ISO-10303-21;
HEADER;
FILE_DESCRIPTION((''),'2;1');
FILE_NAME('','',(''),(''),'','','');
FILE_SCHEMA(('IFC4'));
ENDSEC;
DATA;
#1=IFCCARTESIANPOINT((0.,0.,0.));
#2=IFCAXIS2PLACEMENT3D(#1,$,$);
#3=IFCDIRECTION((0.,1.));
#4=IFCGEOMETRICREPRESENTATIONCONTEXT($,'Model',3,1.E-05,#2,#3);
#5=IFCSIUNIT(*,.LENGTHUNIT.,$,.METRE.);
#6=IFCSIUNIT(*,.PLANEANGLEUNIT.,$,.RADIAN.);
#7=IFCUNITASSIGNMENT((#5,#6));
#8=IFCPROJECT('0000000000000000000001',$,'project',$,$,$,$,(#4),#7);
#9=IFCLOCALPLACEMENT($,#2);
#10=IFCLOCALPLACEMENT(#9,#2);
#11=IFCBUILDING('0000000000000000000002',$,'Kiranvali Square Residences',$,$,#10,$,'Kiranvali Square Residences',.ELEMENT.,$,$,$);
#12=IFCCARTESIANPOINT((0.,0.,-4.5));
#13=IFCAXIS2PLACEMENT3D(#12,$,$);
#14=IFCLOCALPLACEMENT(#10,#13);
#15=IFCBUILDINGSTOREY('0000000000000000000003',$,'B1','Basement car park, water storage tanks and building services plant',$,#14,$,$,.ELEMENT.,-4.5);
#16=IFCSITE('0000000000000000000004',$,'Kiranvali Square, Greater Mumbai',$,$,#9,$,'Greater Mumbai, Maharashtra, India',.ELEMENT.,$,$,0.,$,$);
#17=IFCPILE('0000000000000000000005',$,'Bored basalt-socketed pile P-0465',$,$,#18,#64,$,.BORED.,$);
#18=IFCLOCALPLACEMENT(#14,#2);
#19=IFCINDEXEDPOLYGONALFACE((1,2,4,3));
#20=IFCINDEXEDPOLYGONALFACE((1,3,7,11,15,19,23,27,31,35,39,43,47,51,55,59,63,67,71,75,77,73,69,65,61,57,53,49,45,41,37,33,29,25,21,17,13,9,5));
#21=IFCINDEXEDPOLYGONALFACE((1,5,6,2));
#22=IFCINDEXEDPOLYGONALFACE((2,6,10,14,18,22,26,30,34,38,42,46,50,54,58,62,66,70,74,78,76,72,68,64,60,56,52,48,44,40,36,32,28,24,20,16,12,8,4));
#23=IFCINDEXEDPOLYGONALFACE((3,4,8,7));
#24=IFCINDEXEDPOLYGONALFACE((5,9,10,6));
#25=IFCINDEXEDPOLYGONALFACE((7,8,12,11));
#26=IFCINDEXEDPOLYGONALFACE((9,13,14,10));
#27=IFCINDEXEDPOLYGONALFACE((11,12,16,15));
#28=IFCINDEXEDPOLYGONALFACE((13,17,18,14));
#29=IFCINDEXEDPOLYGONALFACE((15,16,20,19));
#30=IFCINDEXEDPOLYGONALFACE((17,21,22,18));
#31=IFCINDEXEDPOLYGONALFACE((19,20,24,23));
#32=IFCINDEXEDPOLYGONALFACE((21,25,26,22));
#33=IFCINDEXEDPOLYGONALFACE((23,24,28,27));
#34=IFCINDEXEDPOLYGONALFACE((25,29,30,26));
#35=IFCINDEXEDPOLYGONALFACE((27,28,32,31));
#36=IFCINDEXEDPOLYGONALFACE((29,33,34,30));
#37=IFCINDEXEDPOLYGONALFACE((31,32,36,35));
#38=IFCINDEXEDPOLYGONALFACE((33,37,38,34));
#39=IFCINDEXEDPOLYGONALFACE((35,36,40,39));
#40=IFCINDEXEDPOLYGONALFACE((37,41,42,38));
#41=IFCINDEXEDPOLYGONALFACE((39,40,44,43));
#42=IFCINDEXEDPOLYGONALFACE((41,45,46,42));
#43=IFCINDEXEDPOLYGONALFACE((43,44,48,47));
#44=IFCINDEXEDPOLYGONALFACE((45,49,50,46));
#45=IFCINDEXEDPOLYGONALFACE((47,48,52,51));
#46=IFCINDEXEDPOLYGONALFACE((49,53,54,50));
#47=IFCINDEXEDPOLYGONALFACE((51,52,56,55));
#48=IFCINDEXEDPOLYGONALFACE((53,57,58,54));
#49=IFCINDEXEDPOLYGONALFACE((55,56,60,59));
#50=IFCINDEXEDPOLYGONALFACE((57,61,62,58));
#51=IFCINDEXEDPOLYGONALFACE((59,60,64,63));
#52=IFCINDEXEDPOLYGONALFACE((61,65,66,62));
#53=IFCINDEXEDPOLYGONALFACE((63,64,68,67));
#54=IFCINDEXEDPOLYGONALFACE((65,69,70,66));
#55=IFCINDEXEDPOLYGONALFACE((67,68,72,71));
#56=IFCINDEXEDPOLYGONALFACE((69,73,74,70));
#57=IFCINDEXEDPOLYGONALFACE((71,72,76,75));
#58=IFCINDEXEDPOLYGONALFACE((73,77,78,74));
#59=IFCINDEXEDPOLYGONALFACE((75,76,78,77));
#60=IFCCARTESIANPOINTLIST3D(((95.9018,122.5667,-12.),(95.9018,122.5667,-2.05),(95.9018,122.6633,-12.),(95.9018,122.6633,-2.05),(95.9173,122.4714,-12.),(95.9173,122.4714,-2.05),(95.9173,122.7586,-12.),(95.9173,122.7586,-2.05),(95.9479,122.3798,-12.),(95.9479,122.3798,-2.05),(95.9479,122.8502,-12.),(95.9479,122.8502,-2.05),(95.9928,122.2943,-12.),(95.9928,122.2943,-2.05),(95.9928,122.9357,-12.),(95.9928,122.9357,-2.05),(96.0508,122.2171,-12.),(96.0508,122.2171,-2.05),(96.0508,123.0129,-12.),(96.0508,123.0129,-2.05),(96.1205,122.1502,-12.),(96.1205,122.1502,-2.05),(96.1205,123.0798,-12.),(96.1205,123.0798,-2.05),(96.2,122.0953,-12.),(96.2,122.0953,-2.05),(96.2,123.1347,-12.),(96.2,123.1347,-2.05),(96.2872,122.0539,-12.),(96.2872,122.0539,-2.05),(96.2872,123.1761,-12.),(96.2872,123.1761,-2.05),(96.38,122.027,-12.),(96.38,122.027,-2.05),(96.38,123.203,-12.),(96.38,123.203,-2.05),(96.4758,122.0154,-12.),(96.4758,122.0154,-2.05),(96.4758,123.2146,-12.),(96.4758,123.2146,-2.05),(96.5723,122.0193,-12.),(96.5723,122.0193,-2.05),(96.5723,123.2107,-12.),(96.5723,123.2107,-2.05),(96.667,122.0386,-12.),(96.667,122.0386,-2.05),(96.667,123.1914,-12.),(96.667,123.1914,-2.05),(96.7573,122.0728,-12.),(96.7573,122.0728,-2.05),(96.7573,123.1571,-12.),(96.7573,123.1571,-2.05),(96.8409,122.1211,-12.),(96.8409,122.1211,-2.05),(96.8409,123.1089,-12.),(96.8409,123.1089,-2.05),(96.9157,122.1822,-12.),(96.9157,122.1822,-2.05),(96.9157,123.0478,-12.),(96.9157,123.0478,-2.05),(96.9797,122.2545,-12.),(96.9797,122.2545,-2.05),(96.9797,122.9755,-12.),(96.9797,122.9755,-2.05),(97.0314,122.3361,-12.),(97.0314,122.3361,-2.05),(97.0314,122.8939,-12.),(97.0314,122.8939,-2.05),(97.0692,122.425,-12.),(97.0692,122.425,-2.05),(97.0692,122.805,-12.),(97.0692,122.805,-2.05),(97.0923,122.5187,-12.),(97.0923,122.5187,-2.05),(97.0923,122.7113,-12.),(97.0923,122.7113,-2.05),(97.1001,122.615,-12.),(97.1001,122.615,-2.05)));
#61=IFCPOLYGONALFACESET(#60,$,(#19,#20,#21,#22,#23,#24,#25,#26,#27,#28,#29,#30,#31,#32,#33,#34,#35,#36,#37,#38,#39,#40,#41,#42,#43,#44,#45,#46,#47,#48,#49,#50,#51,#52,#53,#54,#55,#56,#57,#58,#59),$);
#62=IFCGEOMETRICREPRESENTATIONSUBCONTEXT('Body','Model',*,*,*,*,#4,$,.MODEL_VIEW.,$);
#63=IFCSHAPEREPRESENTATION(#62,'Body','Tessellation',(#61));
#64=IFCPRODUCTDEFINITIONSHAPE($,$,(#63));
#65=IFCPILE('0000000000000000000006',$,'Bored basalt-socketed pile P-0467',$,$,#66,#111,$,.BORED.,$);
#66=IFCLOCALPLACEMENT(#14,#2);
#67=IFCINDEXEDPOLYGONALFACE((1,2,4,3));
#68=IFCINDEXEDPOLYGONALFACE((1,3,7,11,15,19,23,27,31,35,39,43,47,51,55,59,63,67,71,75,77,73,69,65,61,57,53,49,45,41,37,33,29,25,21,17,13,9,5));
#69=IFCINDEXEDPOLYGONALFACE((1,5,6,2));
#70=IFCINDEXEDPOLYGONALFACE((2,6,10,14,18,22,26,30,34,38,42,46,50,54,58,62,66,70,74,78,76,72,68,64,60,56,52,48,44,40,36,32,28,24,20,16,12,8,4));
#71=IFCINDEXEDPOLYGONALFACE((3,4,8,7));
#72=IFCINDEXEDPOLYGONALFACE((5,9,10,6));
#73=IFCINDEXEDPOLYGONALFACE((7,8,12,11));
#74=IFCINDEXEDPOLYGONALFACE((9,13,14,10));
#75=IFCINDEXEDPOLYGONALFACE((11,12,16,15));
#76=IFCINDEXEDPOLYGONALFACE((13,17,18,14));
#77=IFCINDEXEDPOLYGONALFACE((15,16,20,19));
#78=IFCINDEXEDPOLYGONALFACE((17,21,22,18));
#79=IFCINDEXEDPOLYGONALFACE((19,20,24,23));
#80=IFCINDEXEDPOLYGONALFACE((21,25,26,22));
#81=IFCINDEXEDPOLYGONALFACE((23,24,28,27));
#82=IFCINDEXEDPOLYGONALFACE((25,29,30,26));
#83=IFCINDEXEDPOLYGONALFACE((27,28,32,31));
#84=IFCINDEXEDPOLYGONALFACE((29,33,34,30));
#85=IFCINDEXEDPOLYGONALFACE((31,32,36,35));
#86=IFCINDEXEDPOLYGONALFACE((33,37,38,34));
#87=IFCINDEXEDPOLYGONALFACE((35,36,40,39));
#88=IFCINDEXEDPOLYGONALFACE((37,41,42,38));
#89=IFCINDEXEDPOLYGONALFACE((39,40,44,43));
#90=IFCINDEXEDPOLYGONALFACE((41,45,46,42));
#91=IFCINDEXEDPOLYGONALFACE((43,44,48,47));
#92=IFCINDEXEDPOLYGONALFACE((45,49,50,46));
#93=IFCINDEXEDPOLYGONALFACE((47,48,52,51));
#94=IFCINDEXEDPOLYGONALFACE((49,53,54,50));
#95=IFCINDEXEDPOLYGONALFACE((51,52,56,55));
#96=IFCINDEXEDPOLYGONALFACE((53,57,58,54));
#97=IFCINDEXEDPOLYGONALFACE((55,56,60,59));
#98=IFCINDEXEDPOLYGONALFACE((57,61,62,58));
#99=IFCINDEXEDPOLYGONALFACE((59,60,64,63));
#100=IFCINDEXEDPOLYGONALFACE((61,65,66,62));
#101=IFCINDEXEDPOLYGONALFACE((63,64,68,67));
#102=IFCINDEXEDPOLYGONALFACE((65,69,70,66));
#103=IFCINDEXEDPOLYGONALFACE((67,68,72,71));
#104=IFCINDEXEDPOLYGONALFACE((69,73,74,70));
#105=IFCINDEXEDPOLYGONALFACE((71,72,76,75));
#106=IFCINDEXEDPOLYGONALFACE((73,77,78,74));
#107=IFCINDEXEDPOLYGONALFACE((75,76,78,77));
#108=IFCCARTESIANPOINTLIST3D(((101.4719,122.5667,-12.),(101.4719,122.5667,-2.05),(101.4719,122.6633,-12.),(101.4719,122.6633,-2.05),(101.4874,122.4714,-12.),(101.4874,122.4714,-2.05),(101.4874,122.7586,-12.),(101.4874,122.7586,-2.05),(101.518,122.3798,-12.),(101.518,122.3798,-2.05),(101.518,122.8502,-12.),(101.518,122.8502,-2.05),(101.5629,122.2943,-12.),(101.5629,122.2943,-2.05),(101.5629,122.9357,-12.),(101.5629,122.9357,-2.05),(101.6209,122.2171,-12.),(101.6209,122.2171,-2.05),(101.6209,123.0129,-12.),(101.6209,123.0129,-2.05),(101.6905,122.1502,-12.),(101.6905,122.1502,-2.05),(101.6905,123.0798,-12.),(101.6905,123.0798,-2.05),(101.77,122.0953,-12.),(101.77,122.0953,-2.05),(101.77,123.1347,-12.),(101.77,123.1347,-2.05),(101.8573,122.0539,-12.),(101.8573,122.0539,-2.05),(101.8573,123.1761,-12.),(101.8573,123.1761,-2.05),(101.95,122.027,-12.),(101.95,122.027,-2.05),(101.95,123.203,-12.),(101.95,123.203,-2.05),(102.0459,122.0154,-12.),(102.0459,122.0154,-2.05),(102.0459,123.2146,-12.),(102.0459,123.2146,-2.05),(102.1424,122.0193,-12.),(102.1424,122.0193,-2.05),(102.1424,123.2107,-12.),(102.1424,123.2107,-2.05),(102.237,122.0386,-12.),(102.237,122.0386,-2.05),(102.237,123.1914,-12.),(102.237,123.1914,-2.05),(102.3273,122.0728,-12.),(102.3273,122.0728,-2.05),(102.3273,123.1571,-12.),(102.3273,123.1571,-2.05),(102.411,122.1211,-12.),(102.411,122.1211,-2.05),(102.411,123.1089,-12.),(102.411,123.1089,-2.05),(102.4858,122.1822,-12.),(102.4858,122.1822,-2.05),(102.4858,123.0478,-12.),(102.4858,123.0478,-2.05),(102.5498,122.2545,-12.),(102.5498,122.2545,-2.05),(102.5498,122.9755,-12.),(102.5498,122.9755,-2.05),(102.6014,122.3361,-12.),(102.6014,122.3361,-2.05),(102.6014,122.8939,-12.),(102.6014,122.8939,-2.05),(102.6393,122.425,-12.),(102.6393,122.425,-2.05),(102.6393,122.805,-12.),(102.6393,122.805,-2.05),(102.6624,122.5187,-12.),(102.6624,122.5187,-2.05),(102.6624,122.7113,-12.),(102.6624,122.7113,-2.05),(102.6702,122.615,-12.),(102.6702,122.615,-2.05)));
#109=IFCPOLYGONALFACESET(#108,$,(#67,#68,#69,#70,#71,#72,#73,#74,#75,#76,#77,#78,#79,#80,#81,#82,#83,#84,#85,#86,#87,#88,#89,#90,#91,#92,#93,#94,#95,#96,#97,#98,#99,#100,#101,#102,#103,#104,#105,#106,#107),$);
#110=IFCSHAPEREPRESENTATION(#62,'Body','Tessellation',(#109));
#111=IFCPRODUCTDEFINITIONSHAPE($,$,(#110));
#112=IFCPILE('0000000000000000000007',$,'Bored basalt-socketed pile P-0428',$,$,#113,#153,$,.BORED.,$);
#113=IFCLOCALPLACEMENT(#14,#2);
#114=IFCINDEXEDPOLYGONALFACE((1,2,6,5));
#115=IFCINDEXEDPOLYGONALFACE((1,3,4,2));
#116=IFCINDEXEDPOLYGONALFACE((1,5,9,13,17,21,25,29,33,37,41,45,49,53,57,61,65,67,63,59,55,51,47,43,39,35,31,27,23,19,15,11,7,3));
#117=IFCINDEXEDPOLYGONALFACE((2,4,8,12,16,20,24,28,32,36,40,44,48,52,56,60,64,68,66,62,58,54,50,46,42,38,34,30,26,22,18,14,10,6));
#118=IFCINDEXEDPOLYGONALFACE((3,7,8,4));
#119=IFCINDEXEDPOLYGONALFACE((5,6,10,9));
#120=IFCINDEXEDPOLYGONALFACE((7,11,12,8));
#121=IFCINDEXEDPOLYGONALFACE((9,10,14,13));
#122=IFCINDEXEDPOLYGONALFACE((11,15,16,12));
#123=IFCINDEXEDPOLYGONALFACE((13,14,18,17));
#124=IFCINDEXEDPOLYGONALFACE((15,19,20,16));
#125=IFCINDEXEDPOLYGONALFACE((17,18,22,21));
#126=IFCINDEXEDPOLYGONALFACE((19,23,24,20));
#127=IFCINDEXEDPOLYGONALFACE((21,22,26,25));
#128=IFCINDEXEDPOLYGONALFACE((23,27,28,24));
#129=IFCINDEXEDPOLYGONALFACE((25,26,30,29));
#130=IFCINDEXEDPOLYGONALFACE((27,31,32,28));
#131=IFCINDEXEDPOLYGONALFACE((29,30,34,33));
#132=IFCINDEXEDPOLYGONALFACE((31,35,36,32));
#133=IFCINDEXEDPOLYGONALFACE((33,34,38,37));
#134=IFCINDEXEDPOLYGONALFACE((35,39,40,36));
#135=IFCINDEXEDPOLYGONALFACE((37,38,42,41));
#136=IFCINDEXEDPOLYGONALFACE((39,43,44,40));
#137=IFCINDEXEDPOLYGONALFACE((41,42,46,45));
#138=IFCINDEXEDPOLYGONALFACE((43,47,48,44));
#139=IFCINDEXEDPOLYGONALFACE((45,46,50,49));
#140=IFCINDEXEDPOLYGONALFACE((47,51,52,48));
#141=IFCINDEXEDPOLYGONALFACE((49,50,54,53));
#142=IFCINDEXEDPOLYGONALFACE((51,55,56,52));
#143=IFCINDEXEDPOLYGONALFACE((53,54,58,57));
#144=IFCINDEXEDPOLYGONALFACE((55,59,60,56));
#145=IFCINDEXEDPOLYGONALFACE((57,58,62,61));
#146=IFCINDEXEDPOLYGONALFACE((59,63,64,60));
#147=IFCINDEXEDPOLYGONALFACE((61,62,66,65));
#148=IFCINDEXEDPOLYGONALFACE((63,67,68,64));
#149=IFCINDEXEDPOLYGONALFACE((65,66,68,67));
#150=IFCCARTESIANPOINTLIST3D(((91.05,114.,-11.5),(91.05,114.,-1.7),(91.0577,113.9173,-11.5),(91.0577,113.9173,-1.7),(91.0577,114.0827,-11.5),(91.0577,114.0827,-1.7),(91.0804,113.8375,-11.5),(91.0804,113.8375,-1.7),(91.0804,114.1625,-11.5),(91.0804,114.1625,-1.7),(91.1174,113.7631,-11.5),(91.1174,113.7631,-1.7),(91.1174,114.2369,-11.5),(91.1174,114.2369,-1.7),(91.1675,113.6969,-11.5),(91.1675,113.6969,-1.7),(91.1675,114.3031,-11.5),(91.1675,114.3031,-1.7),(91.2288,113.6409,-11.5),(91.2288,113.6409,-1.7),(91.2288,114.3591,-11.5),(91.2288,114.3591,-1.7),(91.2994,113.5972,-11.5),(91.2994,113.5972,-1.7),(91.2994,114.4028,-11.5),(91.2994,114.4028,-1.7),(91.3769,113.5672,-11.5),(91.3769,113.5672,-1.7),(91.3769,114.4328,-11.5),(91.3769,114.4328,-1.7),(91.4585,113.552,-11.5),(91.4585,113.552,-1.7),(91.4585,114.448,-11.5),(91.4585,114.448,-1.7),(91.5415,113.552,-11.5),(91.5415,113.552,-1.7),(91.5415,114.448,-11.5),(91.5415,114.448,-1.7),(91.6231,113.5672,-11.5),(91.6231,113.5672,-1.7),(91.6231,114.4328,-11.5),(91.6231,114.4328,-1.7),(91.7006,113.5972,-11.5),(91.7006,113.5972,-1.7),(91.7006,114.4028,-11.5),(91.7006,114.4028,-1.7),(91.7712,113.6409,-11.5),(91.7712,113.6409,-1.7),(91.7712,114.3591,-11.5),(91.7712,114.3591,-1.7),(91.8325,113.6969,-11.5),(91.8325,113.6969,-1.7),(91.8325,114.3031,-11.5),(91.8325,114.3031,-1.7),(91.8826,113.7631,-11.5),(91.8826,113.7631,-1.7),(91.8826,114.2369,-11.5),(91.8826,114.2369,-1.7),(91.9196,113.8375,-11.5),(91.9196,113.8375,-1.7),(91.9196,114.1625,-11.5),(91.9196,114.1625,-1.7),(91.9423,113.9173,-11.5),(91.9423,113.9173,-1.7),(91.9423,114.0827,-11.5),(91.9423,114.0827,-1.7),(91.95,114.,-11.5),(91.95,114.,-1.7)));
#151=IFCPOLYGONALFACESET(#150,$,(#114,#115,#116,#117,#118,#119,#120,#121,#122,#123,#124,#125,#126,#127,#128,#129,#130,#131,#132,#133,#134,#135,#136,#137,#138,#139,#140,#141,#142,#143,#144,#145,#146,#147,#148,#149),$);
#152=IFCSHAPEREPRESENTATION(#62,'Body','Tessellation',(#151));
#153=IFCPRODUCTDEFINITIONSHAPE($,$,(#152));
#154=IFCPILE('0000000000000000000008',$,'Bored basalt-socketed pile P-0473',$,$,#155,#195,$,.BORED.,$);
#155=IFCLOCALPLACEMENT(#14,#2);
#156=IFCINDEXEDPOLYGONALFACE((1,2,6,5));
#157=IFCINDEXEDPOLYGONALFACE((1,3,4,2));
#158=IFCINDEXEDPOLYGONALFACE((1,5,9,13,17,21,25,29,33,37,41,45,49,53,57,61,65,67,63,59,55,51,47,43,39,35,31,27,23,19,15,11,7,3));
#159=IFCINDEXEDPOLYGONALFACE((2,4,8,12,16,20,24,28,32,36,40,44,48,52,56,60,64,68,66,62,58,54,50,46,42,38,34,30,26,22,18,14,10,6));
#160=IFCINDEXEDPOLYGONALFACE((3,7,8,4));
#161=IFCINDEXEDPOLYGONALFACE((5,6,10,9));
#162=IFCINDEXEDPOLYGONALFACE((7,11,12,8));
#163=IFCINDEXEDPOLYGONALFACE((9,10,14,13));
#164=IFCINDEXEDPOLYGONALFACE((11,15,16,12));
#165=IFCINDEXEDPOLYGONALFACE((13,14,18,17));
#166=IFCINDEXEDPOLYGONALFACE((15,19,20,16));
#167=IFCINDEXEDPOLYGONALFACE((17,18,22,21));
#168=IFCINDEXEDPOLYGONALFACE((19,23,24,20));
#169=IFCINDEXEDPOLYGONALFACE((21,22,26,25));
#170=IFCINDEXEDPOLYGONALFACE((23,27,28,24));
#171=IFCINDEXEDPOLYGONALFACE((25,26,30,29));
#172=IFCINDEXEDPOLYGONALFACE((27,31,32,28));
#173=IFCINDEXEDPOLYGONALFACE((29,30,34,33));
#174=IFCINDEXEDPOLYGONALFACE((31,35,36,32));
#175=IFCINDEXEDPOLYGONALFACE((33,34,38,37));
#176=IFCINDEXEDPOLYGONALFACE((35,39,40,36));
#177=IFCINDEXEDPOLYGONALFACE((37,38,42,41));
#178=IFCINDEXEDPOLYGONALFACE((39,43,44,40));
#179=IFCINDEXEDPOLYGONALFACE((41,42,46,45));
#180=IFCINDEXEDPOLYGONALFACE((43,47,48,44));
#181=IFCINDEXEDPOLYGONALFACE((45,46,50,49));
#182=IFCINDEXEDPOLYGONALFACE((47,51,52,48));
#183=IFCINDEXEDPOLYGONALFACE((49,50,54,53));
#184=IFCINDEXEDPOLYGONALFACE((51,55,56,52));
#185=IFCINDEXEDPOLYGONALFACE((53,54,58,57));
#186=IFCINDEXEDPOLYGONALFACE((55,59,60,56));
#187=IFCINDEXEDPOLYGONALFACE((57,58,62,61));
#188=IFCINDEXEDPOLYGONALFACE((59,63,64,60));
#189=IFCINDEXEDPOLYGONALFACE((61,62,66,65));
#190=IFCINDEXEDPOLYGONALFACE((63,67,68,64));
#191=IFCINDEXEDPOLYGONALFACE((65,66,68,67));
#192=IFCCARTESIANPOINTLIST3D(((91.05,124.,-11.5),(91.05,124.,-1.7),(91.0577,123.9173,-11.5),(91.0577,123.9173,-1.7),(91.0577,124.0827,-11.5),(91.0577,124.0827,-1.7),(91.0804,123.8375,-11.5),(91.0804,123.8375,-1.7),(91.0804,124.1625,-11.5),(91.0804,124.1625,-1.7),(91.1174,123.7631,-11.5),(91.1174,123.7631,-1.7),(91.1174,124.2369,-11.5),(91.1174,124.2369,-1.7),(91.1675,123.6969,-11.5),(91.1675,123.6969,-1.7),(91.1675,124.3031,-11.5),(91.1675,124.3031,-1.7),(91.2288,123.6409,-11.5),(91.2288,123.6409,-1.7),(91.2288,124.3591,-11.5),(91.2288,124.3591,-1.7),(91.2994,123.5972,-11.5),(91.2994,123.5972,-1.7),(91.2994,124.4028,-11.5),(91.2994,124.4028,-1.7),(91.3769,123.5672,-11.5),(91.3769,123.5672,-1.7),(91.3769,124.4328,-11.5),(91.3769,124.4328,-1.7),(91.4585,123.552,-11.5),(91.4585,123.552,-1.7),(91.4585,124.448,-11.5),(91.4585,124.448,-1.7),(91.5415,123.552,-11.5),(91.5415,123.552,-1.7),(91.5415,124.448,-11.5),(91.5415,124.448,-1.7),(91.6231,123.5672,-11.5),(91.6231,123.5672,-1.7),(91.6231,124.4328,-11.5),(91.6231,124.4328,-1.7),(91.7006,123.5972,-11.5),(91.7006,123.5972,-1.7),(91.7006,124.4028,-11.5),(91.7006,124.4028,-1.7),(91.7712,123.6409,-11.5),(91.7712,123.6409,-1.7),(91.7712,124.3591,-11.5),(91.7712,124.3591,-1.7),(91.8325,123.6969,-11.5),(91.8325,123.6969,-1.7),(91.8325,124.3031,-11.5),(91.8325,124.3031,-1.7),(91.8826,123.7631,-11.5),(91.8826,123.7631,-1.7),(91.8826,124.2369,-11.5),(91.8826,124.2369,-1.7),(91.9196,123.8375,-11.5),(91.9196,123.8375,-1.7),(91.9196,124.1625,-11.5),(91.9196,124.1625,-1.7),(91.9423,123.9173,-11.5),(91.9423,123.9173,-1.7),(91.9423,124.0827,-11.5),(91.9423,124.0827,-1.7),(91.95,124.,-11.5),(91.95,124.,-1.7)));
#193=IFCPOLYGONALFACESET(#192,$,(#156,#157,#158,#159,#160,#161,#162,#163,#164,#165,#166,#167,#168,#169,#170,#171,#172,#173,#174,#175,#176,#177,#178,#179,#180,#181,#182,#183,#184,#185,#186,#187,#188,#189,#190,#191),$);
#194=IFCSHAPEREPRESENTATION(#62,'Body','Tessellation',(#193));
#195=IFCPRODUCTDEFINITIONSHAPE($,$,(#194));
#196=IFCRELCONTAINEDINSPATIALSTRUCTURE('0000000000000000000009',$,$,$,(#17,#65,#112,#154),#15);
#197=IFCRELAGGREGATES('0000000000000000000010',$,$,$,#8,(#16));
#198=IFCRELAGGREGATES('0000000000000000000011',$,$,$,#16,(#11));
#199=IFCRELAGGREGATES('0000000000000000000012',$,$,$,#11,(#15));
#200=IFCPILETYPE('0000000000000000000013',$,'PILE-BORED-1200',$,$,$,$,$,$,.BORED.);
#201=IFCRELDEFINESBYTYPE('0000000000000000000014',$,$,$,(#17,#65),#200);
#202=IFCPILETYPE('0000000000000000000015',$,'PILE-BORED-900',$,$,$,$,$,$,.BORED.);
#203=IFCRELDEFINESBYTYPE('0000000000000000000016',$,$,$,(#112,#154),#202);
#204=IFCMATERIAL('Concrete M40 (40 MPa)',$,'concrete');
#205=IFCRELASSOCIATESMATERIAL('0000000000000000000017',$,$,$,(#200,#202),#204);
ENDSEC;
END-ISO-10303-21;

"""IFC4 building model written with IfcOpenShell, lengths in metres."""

from ifc_helpers import new_model, si_unit, direction, frame, origin, origin_2d, place, context, subcontext, project, spatial, circle, extrude, material, material_profile, profile_set, type_object, element, save


model = new_model("IFC4")

# Units and contexts
model_context = context("Model", 3, precision=1e-05, world=origin(), true_north=direction((0.0, 1.0)))
body_context = subcontext(model_context, "Body", "Model", "MODEL_VIEW")
ifc_project = project(units=[si_unit("LENGTHUNIT", "METRE"), si_unit("PLANEANGLEUNIT", "RADIAN")], contexts=[model_context])

# Site, building, storey
site_placement = place(None, origin())
site = spatial("IfcSite", under=ifc_project, at=site_placement, Name="Kiranvali Square, Greater Mumbai", LongName="Greater Mumbai, Maharashtra, India", CompositionType="ELEMENT", RefElevation=0.0)
building_placement = place(site_placement, origin())
building = spatial("IfcBuilding", under=site, at=building_placement, Name="Kiranvali Square Residences", LongName="Kiranvali Square Residences", CompositionType="ELEMENT")
storey_placement = place(building_placement, frame((0.0, 0.0, -4.5)))
storey = spatial("IfcBuildingStorey", under=building, at=storey_placement, Name="B1", Description="Basement car park, water storage tanks and building services plant", CompositionType="ELEMENT", Elevation=-4.5)

# Shared definitions
ifc_material_1 = material(Name="Concrete M40 (40 MPa)", Category="concrete")

# Piles
ifc_material_profile_1 = material_profile(ifc_material_1, circle(Radius=0.6001, at=origin_2d()), Name="BORED PILE 1200")
ifc_profile_set_1 = profile_set([ifc_material_profile_1], Name="Concrete M40 (40 MPa)")
pile_type_1 = type_object("IfcPileType", Name="PILE-BORED-1200", PredefinedType="BORED", material=ifc_profile_set_1)
for number, where, z_axis, x_axis, name in (
    (1, (96.5, 122.615, -2.05), (0.0, 0.0, -1.0), (1.0, 0.0, 0.0), "Bored basalt-socketed pile P-0465"),
    (2, (102.0701, 122.615, -2.05), (0.0, 0.0, -1.0), (1.0, 0.0, 0.0), "Bored basalt-socketed pile P-0467"),
):
    element("IfcPile", number, at=place(storey_placement, frame(where, z_axis=z_axis, x_axis=x_axis)), inside=storey, type_object=pile_type_1, Name=name, PredefinedType="BORED", context=body_context, shape_type="SweptSolid", body=[
        extrude(circle(Radius=0.6001, at=origin_2d()), origin(), (0.0, 0.0, 1.0), 9.95),
    ])
ifc_material_profile_2 = material_profile(ifc_material_1, circle(Radius=0.45, at=origin_2d()), Name="BORED PILE 900")
ifc_profile_set_2 = profile_set([ifc_material_profile_2], Name="Concrete M40 (40 MPa)")
pile_type_2 = type_object("IfcPileType", Name="PILE-BORED-900", PredefinedType="BORED", material=ifc_profile_set_2)
for number, where, z_axis, x_axis, name in (
    (3, (91.5, 114.0, -1.7), (0.0, 0.0, -1.0), (1.0, 0.0, 0.0), "Bored basalt-socketed pile P-0428"),
    (4, (91.5, 124.0, -1.7), (0.0, 0.0, -1.0), (1.0, 0.0, 0.0), "Bored basalt-socketed pile P-0473"),
):
    element("IfcPile", number, at=place(storey_placement, frame(where, z_axis=z_axis, x_axis=x_axis)), inside=storey, type_object=pile_type_2, Name=name, PredefinedType="BORED", context=body_context, shape_type="SweptSolid", body=[
        extrude(circle(Radius=0.45, at=origin_2d()), origin(), (0.0, 0.0, 1.0), 9.8),
    ])

save(model, "model.ifc")
